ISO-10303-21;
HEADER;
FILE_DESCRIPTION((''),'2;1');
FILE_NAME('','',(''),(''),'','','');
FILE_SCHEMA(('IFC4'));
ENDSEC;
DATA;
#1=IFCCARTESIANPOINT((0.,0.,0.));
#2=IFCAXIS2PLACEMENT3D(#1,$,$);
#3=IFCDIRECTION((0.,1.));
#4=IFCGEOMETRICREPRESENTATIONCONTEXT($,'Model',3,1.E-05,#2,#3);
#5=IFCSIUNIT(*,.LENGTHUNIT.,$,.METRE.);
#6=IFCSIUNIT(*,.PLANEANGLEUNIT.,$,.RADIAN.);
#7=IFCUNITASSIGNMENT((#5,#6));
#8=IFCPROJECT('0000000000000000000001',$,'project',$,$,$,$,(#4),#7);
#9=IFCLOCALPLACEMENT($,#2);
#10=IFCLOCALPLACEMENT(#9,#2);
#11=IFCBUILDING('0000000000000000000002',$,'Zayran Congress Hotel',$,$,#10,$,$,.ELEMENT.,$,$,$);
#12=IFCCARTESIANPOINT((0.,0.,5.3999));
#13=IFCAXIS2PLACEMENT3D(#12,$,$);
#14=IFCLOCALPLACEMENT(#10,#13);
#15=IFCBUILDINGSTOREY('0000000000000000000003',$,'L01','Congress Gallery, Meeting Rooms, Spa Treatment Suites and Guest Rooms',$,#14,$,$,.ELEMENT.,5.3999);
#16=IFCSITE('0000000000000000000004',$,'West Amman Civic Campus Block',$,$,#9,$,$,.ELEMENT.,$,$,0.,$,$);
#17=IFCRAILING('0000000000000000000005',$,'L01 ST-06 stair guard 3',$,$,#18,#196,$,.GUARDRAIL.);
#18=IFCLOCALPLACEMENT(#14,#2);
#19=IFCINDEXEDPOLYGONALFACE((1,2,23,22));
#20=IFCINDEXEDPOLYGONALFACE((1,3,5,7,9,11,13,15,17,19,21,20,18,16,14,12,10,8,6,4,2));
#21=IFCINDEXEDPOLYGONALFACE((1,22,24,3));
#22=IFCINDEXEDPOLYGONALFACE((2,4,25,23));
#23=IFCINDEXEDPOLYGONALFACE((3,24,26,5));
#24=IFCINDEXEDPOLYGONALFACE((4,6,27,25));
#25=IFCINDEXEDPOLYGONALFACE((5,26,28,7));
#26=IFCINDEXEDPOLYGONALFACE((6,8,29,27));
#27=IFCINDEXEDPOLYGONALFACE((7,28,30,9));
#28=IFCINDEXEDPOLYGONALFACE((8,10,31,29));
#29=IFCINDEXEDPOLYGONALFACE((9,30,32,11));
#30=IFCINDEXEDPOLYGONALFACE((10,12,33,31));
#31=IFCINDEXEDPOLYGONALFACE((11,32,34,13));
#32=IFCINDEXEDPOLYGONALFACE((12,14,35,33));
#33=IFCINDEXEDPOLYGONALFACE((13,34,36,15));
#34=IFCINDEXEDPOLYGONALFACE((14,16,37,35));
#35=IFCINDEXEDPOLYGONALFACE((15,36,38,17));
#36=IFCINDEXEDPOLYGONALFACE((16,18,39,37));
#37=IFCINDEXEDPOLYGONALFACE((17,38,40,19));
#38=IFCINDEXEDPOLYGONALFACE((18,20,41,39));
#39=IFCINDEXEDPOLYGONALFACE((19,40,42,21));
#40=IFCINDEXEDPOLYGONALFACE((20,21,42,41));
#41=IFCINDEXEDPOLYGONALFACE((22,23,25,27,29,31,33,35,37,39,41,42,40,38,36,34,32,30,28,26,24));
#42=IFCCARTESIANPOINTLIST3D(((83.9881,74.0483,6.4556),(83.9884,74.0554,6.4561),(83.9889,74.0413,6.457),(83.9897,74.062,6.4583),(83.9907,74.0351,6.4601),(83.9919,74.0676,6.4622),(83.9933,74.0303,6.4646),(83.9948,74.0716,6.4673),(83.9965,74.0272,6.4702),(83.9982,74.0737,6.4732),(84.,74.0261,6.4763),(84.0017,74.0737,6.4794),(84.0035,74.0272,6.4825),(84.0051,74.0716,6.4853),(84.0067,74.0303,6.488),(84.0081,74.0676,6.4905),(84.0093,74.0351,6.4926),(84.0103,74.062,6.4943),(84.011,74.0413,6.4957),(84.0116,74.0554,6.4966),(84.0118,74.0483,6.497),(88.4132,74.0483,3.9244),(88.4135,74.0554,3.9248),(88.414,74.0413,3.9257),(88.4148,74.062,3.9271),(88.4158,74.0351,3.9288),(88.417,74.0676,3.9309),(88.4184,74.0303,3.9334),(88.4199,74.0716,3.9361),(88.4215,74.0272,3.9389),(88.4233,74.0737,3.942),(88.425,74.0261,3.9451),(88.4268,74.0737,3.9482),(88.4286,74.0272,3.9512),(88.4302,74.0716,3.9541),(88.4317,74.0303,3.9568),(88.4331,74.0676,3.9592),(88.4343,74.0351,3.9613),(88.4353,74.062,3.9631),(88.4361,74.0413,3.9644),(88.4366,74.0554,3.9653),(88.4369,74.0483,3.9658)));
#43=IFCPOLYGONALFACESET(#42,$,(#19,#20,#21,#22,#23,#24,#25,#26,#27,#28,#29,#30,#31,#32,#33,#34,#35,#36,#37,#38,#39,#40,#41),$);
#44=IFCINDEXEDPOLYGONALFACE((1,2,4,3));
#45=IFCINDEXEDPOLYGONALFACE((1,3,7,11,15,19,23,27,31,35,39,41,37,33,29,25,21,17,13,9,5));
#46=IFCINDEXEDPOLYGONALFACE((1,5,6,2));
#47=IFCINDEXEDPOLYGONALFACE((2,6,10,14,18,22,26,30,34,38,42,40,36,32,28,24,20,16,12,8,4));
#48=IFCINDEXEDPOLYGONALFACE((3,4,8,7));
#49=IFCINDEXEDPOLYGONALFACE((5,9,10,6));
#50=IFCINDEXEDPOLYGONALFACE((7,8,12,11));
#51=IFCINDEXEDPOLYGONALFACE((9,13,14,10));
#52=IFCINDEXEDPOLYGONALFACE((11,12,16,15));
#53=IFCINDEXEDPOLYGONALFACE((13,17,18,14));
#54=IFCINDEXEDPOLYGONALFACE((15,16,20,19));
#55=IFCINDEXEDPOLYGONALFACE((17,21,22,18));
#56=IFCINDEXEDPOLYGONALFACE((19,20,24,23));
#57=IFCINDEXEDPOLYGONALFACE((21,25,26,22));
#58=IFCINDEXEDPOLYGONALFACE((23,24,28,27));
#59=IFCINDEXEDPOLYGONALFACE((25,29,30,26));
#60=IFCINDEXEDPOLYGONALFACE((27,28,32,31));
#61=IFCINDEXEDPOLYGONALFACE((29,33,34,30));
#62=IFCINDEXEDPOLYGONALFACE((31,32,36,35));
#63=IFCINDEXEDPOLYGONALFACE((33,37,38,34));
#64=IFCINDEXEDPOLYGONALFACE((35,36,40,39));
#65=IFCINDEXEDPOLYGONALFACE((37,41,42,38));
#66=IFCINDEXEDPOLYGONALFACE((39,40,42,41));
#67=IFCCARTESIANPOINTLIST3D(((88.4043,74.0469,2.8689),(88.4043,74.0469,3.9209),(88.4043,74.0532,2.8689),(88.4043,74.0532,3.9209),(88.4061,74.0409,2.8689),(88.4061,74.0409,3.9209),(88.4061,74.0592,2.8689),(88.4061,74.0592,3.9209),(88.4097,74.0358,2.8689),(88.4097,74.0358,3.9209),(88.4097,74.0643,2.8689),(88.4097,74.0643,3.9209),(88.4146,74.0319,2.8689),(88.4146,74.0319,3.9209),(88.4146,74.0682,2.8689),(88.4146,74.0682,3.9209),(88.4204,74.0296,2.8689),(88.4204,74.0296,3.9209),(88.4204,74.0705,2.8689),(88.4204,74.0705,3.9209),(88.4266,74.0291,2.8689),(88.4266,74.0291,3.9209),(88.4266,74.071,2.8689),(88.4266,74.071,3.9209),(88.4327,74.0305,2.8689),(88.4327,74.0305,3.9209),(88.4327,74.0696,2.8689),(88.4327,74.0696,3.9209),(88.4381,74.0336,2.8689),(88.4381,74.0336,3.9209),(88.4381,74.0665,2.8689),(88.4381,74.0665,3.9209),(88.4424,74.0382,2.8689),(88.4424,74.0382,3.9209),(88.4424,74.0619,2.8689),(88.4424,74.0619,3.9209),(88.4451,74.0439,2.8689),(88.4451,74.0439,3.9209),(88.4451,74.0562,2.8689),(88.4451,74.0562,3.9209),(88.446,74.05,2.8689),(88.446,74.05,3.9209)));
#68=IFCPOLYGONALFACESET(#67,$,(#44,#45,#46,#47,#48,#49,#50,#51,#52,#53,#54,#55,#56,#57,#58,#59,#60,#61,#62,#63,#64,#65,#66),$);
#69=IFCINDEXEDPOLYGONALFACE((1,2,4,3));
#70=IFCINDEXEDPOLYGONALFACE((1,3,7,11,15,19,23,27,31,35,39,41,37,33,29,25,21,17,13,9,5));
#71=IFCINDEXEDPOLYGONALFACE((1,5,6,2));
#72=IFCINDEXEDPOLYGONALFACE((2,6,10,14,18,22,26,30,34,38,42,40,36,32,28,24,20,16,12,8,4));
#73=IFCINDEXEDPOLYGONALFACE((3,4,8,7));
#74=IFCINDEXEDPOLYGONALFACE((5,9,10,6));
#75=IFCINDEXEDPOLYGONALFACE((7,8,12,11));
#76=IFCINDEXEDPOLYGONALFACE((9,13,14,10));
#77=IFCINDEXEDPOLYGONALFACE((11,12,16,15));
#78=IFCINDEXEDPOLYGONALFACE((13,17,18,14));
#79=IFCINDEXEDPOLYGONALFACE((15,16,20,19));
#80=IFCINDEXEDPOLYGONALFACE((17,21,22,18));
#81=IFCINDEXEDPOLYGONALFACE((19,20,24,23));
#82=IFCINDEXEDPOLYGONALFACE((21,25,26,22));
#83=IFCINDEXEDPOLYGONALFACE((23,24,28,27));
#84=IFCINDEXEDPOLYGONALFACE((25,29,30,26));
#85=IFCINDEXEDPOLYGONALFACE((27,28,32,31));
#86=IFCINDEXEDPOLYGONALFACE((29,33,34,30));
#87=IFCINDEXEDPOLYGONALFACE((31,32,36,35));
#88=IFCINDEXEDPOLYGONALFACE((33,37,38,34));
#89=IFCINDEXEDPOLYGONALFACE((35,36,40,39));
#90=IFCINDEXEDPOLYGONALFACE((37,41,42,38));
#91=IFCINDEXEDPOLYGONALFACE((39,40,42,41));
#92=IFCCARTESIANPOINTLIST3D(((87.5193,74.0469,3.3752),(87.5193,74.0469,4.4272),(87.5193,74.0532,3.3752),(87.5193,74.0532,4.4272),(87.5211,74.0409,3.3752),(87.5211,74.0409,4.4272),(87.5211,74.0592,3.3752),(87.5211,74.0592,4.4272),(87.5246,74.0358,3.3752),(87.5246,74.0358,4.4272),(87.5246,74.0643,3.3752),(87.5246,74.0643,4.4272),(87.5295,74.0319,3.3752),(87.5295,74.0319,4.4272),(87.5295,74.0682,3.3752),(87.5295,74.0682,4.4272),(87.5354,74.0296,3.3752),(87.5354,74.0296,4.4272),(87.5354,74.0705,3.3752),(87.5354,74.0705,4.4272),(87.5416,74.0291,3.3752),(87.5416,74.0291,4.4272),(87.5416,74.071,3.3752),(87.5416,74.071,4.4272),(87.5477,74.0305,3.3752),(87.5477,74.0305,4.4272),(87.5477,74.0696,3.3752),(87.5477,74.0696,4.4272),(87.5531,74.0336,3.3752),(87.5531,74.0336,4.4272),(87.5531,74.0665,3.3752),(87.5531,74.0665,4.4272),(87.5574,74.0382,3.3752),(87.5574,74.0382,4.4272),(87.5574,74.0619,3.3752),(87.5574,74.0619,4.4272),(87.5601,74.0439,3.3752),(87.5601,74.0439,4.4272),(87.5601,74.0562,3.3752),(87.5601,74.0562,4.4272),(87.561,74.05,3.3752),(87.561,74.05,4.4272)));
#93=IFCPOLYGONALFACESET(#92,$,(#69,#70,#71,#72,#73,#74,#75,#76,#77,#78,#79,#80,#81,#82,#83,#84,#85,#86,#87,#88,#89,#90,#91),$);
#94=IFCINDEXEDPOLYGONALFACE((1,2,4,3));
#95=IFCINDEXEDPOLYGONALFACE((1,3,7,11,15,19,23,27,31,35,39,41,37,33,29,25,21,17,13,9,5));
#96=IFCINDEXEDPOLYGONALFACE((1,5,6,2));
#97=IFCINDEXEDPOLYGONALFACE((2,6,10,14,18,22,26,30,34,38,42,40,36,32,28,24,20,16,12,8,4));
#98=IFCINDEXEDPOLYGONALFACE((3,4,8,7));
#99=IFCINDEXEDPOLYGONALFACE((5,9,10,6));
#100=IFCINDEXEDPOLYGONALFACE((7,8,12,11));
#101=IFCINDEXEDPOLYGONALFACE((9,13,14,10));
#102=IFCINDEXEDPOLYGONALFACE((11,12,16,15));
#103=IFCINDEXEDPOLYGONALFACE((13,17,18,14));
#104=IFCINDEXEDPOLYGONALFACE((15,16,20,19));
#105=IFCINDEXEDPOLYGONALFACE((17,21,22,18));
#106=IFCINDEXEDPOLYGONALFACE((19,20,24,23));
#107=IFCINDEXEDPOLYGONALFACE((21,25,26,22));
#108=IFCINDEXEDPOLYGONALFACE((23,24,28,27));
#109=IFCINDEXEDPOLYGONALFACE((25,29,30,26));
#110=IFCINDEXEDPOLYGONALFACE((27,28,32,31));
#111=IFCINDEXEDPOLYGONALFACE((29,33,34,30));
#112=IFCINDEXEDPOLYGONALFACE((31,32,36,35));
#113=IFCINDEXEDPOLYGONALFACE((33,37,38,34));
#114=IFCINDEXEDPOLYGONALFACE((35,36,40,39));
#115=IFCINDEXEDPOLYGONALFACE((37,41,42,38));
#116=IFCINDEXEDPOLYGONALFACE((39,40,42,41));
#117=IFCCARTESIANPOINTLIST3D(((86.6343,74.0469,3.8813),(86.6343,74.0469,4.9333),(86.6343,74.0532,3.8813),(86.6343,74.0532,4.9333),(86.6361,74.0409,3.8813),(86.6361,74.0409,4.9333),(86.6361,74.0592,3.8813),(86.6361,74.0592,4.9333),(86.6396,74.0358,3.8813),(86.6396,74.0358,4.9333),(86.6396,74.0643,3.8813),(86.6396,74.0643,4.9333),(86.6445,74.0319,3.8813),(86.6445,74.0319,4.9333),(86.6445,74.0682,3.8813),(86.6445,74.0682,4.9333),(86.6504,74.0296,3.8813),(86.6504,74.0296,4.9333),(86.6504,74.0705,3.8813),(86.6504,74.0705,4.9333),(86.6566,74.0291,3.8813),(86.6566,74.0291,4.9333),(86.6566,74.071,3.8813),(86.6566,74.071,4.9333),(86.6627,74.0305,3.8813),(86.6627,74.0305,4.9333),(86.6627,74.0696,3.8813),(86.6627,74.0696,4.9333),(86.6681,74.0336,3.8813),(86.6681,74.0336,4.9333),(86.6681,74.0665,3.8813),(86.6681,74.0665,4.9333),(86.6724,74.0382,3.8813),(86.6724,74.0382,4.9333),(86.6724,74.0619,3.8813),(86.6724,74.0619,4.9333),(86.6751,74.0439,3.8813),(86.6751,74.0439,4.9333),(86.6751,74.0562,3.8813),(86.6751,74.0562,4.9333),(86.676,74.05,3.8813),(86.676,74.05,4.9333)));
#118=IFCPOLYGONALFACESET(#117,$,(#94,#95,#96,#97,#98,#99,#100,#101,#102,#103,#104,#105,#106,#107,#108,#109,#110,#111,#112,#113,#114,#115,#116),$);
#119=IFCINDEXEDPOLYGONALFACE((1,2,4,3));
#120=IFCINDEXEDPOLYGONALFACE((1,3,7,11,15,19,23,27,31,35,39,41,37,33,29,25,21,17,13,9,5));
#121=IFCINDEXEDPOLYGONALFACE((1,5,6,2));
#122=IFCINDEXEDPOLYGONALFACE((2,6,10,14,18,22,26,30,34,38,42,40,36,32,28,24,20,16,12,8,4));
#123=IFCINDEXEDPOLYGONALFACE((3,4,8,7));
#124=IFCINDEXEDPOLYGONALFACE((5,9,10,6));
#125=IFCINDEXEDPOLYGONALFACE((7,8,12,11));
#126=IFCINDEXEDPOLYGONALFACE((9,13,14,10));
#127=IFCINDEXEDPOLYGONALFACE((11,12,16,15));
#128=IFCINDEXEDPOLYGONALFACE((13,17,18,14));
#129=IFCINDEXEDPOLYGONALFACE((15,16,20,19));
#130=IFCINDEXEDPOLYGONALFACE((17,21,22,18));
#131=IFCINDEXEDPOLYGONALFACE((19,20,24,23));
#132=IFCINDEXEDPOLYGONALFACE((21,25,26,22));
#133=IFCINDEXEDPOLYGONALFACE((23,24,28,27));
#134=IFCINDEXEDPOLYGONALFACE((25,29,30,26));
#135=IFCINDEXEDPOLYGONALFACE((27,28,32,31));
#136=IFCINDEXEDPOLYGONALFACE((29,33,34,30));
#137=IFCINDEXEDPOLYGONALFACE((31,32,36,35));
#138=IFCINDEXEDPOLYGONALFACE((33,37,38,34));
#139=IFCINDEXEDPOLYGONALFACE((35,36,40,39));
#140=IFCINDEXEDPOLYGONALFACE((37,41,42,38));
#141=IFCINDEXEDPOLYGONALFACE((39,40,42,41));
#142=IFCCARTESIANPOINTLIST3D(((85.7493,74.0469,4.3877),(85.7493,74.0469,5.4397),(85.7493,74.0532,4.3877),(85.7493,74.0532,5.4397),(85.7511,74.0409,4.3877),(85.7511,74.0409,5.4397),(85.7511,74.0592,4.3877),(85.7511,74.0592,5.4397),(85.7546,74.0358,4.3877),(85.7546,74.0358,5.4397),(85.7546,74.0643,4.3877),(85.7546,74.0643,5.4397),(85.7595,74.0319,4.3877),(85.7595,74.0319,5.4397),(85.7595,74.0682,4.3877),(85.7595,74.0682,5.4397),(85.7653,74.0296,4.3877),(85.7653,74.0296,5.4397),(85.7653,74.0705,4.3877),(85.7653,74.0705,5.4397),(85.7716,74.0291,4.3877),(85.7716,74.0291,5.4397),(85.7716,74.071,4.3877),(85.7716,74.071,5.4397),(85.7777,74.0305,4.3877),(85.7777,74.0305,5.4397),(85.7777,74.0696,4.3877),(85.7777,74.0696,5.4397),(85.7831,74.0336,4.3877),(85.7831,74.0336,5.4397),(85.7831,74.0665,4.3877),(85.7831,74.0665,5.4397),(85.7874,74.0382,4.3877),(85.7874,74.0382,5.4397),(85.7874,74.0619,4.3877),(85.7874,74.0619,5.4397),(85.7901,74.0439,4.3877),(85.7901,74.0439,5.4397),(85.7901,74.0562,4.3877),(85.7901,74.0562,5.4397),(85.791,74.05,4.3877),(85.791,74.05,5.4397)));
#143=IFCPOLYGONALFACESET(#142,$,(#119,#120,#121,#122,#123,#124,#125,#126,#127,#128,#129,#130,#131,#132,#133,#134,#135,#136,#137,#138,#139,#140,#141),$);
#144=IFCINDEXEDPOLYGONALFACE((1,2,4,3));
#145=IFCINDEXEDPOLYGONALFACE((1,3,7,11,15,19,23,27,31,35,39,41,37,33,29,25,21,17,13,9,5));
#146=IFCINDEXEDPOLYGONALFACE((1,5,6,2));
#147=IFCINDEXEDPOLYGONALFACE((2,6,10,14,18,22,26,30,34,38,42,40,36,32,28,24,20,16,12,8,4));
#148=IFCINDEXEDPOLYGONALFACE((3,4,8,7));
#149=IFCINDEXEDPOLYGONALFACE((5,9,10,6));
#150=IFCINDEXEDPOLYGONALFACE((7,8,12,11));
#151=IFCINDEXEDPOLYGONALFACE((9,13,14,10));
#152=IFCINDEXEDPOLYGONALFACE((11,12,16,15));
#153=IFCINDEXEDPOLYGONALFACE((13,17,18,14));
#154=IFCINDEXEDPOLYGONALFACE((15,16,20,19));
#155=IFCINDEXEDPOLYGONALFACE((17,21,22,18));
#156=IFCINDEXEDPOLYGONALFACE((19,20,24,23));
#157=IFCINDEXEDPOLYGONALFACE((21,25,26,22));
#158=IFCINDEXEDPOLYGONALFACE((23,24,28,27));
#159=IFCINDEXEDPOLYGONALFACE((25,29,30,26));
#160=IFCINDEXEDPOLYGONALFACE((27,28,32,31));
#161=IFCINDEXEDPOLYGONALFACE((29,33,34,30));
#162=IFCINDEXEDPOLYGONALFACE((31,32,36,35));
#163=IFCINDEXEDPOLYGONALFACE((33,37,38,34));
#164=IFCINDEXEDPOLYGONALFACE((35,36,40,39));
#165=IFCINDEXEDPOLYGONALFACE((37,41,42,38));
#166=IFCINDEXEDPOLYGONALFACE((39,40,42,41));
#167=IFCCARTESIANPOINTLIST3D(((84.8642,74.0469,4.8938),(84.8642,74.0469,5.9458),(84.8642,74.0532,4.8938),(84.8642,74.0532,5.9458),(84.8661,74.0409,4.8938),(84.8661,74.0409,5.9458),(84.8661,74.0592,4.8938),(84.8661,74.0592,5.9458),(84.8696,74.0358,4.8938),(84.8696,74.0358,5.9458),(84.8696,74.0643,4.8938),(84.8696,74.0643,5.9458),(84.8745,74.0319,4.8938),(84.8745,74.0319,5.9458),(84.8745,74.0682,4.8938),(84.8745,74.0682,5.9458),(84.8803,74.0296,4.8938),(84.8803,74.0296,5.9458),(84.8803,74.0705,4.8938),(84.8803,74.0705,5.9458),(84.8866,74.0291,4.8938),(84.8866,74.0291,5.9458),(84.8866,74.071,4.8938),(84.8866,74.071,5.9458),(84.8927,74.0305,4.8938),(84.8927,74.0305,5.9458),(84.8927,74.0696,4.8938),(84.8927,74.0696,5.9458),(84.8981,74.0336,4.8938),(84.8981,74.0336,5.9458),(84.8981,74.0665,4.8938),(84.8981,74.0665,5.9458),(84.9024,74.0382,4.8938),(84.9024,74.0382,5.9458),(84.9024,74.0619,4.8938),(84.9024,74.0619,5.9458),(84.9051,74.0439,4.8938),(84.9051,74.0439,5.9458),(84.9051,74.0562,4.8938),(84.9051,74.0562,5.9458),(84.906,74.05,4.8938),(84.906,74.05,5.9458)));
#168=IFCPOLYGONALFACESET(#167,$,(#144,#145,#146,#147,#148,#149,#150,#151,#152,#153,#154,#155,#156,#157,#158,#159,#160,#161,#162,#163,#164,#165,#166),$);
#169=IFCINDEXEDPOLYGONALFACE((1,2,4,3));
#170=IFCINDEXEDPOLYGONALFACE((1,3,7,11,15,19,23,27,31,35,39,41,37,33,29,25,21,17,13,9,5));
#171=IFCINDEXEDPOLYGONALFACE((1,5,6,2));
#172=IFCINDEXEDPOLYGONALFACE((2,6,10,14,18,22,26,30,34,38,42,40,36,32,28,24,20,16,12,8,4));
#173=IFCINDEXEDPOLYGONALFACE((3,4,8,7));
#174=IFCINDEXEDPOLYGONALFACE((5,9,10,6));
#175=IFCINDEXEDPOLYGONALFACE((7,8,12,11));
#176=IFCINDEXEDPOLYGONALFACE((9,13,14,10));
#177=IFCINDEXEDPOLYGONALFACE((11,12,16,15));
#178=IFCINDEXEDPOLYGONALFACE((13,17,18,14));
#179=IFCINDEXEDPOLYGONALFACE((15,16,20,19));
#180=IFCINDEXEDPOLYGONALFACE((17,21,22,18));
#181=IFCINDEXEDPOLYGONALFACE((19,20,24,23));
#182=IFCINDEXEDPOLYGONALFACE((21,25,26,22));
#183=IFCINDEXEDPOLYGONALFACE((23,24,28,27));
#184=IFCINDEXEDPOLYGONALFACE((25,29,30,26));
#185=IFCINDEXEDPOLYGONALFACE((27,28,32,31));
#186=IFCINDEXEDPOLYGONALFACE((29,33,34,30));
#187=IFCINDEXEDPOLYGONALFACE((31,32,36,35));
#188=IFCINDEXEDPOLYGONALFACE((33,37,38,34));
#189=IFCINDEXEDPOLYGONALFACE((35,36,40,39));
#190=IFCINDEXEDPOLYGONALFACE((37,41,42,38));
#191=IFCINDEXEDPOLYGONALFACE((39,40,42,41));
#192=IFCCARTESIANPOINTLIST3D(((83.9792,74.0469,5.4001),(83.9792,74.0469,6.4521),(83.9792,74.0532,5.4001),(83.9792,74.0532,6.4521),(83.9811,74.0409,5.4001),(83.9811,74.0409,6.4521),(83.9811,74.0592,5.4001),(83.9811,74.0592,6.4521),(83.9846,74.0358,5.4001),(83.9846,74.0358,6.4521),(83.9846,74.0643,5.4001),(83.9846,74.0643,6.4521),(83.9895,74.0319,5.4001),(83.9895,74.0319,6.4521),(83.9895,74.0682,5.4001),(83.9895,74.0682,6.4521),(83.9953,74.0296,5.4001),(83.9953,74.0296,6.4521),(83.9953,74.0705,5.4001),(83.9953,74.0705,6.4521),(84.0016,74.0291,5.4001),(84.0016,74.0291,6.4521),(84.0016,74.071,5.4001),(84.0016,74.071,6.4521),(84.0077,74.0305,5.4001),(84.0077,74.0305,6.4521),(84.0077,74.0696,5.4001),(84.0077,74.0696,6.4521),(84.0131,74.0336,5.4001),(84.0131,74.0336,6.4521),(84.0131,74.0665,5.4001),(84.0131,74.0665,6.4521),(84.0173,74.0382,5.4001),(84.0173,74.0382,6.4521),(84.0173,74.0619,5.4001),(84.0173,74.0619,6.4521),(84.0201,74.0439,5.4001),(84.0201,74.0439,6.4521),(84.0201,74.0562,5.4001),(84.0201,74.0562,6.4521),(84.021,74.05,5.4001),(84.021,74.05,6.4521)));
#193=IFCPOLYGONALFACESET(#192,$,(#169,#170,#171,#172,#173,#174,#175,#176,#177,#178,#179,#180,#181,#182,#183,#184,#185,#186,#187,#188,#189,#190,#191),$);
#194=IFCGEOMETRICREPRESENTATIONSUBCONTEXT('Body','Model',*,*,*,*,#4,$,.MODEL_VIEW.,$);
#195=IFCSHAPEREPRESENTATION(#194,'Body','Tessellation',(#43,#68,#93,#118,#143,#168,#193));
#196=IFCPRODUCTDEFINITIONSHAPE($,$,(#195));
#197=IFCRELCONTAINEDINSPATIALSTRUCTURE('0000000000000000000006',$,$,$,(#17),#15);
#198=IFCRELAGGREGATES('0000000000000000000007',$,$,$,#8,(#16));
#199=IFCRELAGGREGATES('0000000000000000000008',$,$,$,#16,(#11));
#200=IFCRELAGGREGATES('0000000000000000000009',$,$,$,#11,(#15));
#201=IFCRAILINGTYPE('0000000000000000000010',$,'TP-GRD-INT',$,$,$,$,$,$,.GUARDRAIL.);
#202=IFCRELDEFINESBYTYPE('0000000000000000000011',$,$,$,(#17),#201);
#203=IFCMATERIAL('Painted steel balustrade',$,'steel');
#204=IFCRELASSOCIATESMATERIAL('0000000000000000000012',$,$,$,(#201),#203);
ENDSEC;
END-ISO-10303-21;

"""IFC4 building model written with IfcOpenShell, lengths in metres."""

from ifc_helpers import new_model, si_unit, direction, frame, origin, origin_2d, place, context, subcontext, project, spatial, circle, extrude, material, type_object, element, save


model = new_model("IFC4")

# Units and contexts
model_context = context("Model", 3, precision=1e-05, world=origin(), true_north=direction((0.0, 1.0)))
body_context = subcontext(model_context, "Body", "Model", "MODEL_VIEW")
ifc_project = project(units=[si_unit("LENGTHUNIT", "METRE"), si_unit("PLANEANGLEUNIT", "RADIAN")], contexts=[model_context])

# Site, building, storey
site_placement = place(None, origin())
site = spatial("IfcSite", under=ifc_project, at=site_placement, Name="West Amman Civic Campus Block", CompositionType="ELEMENT", RefElevation=0.0)
building_placement = place(site_placement, origin())
building = spatial("IfcBuilding", under=site, at=building_placement, Name="Zayran Congress Hotel", CompositionType="ELEMENT")
storey_placement = place(building_placement, frame((0.0, 0.0, 5.3999)))
storey = spatial("IfcBuildingStorey", under=building, at=storey_placement, Name="L01", Description="Congress Gallery, Meeting Rooms, Spa Treatment Suites and Guest Rooms", CompositionType="ELEMENT", Elevation=5.3999)

# Railing
ifc_material_1 = material(Name="Painted steel balustrade", Category="steel")
railing_type_1 = type_object("IfcRailingType", Name="TP-GRD-INT", PredefinedType="GUARDRAIL", material=ifc_material_1)
railing_1_placement = place(storey_placement, frame((88.425, 74.05, 2.8689)))
element("IfcRailing", 1, at=railing_1_placement, inside=storey, type_object=railing_type_1, Name="L01 ST-06 stair guard 3", PredefinedType="GUARDRAIL", context=body_context, shape_type="SweptSolid", body=[
    extrude(circle(Radius=0.0239, at=origin_2d()), frame((0.0, 0.0, 1.0762), z_axis=(-0.868019, 0.0, 0.496531), x_axis=(0.0, -1.0, 0.0)), (0.0, 0.0, 1.0), 5.0979),
    extrude(circle(Radius=0.021, at=origin_2d()), origin(), (0.0, 0.0, 1.0), 1.052),
    extrude(circle(Radius=0.021, at=origin_2d()), frame((-0.885, 0.0, 0.5063)), (0.0, 0.0, 1.0), 1.052),
    extrude(circle(Radius=0.021, at=origin_2d()), frame((-1.77, 0.0, 1.0125)), (0.0, 0.0, 1.0), 1.052),
    extrude(circle(Radius=0.021, at=origin_2d()), frame((-2.655, 0.0, 1.5188)), (0.0, 0.0, 1.0), 1.052),
    extrude(circle(Radius=0.021, at=origin_2d()), frame((-3.54, 0.0, 2.0249)), (0.0, 0.0, 1.0), 1.052),
    extrude(circle(Radius=0.021, at=origin_2d()), frame((-4.425, 0.0, 2.5312)), (0.0, 0.0, 1.0), 1.052),
])

save(model, "model.ifc")
